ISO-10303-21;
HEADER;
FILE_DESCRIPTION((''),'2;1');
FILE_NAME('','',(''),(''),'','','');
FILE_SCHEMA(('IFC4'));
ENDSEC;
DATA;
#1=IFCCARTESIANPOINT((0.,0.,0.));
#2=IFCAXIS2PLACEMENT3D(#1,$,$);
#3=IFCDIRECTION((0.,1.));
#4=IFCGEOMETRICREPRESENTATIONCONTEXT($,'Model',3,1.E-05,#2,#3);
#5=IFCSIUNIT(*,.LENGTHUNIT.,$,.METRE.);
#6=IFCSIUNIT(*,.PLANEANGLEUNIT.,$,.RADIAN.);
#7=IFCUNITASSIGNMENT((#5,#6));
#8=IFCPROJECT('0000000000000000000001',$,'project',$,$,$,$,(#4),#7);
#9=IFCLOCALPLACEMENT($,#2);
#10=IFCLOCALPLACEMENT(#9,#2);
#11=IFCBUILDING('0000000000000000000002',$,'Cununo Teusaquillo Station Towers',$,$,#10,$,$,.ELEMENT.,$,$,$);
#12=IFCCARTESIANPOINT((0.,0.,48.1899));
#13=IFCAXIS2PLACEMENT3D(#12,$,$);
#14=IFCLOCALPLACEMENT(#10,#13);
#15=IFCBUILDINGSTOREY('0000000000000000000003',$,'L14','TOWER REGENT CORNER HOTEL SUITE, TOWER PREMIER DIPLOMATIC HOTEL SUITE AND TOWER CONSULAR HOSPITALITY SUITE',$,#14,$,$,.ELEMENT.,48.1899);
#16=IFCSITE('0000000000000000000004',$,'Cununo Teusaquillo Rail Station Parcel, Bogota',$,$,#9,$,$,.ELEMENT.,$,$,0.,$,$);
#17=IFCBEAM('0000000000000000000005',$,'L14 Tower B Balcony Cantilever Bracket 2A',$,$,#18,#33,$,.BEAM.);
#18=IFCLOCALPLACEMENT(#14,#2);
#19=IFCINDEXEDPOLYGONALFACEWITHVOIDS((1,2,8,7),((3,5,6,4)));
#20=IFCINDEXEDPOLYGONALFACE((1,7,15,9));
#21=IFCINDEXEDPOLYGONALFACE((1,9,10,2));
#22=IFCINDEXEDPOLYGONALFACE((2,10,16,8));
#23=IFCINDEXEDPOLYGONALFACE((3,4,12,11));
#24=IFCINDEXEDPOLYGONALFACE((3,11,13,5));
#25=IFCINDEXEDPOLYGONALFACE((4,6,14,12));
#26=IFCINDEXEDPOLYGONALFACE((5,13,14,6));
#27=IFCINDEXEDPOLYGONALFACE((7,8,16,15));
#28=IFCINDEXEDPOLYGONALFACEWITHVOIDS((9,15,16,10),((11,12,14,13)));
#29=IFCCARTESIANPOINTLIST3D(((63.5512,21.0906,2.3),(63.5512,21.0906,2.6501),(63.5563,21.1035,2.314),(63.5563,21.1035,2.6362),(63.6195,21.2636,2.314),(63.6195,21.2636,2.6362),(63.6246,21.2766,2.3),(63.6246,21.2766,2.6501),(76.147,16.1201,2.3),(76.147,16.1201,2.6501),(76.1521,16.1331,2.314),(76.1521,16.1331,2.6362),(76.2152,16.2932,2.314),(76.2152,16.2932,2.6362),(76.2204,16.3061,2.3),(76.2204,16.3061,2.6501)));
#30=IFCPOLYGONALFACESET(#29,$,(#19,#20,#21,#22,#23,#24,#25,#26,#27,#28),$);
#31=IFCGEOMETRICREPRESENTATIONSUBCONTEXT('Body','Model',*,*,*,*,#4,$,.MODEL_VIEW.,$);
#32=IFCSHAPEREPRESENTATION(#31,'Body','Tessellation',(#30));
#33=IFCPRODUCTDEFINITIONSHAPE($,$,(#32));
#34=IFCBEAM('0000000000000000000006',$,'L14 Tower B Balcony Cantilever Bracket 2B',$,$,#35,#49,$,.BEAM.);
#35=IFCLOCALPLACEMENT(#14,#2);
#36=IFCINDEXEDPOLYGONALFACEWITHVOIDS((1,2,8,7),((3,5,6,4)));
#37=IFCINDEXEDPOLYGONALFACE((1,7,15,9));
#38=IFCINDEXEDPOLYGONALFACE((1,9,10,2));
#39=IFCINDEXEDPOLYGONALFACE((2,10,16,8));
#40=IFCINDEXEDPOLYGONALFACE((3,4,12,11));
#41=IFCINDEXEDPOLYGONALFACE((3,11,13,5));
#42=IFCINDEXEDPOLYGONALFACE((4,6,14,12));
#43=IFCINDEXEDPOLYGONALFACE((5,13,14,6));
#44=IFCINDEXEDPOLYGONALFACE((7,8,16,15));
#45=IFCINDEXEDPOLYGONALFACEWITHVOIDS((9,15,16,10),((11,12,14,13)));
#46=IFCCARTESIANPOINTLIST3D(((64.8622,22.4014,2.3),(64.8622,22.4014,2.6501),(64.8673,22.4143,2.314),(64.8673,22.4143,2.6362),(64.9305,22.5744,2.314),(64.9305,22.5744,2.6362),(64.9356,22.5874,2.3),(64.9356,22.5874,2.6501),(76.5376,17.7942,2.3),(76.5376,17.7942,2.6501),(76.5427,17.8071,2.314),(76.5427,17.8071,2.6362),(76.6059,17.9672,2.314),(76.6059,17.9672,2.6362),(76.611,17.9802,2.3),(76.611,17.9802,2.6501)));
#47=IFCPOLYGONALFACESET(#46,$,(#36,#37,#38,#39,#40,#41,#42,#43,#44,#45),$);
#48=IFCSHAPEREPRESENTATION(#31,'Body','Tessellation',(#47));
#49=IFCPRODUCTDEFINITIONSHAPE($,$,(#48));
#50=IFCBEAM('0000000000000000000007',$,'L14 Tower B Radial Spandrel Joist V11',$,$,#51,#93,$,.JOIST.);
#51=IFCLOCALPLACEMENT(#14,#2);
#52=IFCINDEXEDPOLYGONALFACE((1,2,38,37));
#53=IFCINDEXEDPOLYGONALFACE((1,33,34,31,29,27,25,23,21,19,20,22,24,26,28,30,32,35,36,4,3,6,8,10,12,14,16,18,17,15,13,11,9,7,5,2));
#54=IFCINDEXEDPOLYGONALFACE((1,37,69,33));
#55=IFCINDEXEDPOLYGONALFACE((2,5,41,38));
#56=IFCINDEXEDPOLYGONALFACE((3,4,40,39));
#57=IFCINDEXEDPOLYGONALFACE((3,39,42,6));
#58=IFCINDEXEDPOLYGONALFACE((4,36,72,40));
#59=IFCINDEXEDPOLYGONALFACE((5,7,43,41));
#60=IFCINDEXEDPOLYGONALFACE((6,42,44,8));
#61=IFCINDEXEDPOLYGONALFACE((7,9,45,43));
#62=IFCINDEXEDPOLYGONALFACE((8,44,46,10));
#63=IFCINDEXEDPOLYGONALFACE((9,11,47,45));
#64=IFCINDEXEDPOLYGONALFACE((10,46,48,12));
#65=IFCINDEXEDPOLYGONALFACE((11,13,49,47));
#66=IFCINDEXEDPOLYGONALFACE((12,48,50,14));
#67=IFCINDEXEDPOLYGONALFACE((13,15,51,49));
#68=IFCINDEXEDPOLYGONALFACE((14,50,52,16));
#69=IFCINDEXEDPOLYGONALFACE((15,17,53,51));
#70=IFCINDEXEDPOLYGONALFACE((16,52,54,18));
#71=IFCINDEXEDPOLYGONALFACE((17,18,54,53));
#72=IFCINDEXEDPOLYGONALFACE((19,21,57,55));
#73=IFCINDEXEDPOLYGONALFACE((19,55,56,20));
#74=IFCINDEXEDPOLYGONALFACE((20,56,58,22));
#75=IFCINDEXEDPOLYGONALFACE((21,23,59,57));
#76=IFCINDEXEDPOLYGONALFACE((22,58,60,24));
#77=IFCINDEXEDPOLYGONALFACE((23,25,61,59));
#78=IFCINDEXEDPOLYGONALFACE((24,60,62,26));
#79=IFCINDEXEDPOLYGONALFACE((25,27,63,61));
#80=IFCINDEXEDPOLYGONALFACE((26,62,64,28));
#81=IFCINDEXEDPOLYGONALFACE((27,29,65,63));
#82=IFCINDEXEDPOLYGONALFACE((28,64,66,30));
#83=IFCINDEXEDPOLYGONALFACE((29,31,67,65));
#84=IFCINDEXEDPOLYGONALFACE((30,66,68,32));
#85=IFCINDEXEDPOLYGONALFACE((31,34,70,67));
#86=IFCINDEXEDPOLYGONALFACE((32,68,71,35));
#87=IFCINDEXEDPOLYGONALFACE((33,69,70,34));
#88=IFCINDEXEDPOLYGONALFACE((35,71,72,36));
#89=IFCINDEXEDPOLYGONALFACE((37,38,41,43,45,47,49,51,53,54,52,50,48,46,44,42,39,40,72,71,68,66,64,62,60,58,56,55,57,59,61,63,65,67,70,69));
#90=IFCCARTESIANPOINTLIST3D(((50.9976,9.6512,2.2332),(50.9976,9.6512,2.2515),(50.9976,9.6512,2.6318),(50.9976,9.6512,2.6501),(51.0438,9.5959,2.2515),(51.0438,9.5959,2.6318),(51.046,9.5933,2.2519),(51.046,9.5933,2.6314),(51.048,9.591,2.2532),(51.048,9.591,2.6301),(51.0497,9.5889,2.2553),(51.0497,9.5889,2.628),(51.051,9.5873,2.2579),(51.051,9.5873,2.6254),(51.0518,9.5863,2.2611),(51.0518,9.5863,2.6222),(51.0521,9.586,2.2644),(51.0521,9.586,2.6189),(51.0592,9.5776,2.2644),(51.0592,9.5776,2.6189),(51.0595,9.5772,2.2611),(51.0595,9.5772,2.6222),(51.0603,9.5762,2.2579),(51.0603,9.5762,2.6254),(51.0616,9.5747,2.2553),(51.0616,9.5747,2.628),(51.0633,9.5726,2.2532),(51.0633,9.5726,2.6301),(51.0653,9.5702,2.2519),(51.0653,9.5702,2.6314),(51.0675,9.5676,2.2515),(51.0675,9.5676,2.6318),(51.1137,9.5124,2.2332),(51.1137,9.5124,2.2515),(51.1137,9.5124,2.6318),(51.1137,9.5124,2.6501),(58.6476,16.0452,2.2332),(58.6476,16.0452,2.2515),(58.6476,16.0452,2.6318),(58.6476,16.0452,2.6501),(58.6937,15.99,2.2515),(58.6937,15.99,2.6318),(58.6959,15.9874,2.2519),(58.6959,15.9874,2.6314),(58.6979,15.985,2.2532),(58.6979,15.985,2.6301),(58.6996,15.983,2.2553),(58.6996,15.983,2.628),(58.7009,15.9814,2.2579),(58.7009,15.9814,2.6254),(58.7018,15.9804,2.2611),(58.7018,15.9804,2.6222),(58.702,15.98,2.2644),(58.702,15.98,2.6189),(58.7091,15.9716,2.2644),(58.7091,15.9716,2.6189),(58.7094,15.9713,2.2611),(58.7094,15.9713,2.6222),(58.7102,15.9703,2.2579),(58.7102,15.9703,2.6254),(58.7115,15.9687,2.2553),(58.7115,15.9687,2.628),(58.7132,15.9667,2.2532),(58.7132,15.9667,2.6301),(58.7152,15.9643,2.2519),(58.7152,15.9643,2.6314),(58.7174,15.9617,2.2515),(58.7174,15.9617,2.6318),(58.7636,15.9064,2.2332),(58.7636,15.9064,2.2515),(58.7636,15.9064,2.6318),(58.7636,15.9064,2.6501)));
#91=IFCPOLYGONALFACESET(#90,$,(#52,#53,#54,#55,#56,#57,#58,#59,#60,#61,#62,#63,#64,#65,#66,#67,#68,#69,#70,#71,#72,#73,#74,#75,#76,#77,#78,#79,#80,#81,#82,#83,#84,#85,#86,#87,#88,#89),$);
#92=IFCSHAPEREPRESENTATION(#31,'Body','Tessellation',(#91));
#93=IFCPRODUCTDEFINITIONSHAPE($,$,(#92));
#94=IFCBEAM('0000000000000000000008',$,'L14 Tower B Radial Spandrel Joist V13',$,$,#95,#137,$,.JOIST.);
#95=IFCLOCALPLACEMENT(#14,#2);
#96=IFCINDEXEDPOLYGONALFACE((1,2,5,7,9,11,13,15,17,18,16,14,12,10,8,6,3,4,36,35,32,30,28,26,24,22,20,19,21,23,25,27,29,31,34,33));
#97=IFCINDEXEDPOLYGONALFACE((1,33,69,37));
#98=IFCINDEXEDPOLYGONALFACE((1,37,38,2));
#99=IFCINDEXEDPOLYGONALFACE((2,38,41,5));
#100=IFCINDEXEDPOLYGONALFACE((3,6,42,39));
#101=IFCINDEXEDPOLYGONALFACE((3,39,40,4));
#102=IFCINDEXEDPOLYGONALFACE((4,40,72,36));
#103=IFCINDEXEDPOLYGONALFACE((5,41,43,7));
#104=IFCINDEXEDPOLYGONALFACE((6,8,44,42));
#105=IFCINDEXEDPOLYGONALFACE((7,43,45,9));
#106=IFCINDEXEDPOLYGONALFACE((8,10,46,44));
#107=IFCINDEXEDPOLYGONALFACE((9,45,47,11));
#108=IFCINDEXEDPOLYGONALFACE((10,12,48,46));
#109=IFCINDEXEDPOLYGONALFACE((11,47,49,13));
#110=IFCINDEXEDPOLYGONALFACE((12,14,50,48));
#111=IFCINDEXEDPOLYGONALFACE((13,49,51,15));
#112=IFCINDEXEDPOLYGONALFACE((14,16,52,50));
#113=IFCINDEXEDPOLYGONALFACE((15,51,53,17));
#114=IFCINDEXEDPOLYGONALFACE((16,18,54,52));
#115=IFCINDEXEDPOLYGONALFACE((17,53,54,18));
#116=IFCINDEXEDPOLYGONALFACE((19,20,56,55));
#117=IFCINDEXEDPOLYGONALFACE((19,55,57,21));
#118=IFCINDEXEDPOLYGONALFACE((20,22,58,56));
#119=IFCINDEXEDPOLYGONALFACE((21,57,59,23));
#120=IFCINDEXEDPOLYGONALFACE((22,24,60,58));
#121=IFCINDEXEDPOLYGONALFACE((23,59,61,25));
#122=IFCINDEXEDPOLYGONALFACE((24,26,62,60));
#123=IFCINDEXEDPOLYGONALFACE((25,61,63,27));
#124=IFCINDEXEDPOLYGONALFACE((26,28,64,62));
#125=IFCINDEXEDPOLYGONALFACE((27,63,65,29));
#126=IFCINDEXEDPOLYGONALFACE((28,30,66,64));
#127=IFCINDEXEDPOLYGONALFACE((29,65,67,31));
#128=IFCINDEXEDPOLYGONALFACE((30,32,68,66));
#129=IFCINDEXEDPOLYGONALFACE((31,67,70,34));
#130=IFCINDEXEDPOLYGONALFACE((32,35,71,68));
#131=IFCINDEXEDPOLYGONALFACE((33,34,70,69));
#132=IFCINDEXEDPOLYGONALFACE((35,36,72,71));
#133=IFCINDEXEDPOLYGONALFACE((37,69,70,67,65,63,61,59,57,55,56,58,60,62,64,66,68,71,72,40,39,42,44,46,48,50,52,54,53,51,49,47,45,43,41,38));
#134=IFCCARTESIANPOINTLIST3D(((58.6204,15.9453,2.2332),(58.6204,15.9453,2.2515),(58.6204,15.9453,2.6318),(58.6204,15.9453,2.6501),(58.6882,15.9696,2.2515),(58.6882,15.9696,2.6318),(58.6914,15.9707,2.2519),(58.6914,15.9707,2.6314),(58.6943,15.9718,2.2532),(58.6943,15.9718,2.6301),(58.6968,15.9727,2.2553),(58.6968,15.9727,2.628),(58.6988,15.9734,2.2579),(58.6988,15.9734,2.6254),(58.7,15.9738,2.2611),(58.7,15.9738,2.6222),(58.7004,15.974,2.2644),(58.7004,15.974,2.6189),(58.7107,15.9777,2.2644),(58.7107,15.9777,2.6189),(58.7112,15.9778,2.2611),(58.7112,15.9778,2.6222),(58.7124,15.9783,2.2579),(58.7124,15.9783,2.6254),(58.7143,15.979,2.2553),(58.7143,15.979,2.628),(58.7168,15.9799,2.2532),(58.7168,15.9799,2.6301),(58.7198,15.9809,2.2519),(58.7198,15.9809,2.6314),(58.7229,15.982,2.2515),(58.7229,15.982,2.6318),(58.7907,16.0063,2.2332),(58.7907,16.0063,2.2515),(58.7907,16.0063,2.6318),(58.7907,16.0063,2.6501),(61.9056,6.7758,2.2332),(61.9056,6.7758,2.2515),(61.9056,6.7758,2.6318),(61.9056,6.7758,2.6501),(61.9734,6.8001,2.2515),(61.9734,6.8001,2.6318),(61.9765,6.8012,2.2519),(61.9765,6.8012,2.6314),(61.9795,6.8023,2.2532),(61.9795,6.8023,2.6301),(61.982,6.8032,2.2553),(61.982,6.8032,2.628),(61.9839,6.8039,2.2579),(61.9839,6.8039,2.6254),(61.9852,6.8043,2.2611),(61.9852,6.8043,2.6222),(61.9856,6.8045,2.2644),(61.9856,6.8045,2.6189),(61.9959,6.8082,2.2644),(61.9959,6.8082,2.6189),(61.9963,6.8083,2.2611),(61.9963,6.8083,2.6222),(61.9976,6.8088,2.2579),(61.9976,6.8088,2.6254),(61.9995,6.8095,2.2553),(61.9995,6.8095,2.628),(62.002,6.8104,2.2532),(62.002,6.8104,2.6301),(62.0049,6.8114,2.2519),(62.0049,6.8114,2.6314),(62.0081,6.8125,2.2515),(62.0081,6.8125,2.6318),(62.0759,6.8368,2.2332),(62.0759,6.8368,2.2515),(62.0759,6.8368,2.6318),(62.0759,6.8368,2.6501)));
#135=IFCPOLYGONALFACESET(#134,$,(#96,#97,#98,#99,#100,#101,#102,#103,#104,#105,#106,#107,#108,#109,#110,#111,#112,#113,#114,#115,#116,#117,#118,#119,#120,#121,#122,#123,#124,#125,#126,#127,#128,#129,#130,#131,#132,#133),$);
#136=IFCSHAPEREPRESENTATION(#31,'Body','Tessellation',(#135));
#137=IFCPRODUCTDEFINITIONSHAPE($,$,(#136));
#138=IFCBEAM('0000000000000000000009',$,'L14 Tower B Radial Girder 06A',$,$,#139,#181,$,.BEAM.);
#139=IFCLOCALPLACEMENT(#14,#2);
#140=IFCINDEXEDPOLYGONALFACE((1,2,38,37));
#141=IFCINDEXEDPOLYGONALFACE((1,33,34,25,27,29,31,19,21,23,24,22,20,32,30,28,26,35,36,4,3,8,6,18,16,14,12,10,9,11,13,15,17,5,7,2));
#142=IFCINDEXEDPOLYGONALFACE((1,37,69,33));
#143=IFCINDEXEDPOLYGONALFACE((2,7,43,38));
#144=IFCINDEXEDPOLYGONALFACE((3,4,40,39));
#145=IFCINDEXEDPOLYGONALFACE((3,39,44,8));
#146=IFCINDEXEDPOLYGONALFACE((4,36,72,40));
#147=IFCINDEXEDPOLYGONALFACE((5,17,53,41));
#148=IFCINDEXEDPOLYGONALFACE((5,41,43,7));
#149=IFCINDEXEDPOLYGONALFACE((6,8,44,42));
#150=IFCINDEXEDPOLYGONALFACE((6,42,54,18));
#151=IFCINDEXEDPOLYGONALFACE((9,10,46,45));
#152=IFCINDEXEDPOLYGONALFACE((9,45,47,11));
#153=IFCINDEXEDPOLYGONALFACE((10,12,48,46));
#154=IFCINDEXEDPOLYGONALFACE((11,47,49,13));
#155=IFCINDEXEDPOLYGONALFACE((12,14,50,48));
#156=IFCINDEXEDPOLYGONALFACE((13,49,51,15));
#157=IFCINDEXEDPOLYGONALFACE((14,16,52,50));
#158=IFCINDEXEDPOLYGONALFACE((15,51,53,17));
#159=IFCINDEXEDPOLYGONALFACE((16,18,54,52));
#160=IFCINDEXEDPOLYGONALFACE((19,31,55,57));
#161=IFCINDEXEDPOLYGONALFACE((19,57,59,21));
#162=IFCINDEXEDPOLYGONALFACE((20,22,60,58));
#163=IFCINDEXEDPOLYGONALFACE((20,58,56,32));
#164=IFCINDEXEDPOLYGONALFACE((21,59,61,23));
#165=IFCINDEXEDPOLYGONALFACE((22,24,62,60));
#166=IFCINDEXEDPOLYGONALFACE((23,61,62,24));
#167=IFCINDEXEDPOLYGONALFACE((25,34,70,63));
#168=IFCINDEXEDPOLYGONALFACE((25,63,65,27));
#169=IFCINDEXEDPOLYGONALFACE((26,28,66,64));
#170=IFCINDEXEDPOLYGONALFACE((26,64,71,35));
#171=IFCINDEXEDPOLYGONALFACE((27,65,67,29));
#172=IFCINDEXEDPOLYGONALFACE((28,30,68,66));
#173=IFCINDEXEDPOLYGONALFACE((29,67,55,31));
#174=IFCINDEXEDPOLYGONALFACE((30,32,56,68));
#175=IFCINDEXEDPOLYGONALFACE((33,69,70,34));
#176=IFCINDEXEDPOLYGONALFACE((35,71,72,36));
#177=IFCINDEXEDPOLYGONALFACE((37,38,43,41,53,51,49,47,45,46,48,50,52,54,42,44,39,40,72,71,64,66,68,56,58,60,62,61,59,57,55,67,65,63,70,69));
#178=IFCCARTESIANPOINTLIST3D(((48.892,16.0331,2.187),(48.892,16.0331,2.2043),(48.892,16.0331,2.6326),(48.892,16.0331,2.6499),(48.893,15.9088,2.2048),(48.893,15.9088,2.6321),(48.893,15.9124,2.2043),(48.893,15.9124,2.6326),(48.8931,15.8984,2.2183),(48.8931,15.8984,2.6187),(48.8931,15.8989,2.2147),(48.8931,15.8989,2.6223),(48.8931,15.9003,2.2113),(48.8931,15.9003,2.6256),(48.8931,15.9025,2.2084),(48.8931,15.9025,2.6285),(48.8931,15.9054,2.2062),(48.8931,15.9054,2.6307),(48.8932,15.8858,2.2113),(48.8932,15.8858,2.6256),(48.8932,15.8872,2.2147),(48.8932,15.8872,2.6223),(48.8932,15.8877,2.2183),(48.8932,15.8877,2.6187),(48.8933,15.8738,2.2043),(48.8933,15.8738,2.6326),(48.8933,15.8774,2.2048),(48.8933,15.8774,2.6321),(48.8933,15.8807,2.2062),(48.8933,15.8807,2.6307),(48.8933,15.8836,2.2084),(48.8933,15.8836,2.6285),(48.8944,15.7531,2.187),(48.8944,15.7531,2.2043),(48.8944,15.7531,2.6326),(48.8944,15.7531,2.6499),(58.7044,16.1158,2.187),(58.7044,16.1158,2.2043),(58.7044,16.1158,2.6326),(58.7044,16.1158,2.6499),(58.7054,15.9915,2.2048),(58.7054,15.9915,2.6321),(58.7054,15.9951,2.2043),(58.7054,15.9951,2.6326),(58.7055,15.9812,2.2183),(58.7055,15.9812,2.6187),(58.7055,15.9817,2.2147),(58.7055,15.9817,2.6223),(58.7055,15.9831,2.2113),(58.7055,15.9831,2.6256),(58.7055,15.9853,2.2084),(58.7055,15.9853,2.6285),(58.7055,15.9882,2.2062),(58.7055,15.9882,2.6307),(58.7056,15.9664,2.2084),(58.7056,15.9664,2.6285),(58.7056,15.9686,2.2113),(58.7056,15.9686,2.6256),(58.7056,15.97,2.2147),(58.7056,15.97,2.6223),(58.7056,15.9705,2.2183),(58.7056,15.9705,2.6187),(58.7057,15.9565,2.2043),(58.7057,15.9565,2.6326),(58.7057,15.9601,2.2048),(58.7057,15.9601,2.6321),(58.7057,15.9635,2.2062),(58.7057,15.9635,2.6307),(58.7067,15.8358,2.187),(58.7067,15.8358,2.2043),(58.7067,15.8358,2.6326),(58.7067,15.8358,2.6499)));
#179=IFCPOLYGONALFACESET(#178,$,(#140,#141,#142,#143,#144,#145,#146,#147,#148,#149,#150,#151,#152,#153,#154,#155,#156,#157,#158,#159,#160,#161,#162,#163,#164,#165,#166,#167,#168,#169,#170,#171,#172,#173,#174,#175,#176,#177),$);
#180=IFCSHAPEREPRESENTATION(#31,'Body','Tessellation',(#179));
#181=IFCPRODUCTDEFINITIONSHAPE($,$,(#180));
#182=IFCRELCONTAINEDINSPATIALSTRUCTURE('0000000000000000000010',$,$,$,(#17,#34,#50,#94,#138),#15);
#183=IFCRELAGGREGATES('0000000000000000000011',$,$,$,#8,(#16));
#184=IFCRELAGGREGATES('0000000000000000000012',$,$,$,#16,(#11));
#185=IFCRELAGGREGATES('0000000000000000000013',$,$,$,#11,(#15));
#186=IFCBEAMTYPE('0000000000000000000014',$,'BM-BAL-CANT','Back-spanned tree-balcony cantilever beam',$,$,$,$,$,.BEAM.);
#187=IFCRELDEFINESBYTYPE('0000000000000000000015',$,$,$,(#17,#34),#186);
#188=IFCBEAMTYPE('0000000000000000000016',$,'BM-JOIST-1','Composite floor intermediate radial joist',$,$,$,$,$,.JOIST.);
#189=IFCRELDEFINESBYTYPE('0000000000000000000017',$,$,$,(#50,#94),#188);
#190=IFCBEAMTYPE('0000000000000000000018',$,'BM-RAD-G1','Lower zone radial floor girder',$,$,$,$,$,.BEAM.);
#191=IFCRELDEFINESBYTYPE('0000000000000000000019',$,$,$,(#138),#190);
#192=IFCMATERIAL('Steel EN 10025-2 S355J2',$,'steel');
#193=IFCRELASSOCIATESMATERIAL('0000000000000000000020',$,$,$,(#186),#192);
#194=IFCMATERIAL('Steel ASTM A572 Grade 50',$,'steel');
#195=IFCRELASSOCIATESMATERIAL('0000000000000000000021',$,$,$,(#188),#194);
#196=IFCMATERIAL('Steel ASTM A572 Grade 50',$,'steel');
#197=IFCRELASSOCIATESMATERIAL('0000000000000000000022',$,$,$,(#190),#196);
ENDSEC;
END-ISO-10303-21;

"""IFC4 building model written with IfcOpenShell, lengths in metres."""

from ifc_helpers import new_model, si_unit, direction, frame, origin, origin_2d, place, context, subcontext, project, spatial, hollow_rectangle, i_section, extrude, material, material_profile, profile_set, type_object, element, save


model = new_model("IFC4")

# Units and contexts
model_context = context("Model", 3, precision=1e-05, world=origin(), true_north=direction((0.0, 1.0)))
body_context = subcontext(model_context, "Body", "Model", "MODEL_VIEW")
ifc_project = project(units=[si_unit("LENGTHUNIT", "METRE"), si_unit("PLANEANGLEUNIT", "RADIAN")], contexts=[model_context])

# Site, building, storey
site_placement = place(None, origin())
site = spatial("IfcSite", under=ifc_project, at=site_placement, Name="Cununo Teusaquillo Rail Station Parcel, Bogota", CompositionType="ELEMENT", RefElevation=0.0)
building_placement = place(site_placement, origin())
building = spatial("IfcBuilding", under=site, at=building_placement, Name="Cununo Teusaquillo Station Towers", CompositionType="ELEMENT")
storey_placement = place(building_placement, frame((0.0, 0.0, 48.1899)))
storey = spatial("IfcBuildingStorey", under=building, at=storey_placement, Name="L14", Description="TOWER REGENT CORNER HOTEL SUITE, TOWER PREMIER DIPLOMATIC HOTEL SUITE AND TOWER CONSULAR HOSPITALITY SUITE", CompositionType="ELEMENT", Elevation=48.1899)

# Beams
ifc_material_1 = material(Name="Steel EN 10025-2 S355J2", Category="steel")
ifc_material_profile_1 = material_profile(ifc_material_1, hollow_rectangle(XDim=0.2, YDim=0.3501, WallThickness=0.0139, at=origin_2d()), Name="RHS 350x200x14")
ifc_profile_set_1 = profile_set([ifc_material_profile_1], Name="Steel EN 10025-2 S355J2")
beam_type_1 = type_object("IfcBeamType", Name="BM-BAL-CANT", Description="Back-spanned tree-balcony cantilever beam", PredefinedType="BEAM", material=ifc_profile_set_1)
beam_1_placement = place(storey_placement, frame((63.5879, 21.1836, 2.4751), z_axis=(0.930194, -0.367069, 0.0), x_axis=(0.367069, 0.930194, 0.0)))
element("IfcBeam", 1, at=beam_1_placement, inside=storey, type_object=beam_type_1, Name="L14 Tower B Balcony Cantilever Bracket 2A", PredefinedType="BEAM", context=body_context, shape_type="SweptSolid", body=[
    extrude(hollow_rectangle(XDim=0.2, YDim=0.3501, WallThickness=0.0139, at=origin_2d()), origin(), (0.0, 0.0, 1.0), 13.541),
])
beam_2_placement = place(storey_placement, frame((64.8989, 22.4944, 2.4751), z_axis=(0.930196, -0.367064, 0.0), x_axis=(0.367064, 0.930196, 0.0)))
element("IfcBeam", 2, at=beam_2_placement, inside=storey, type_object=beam_type_1, Name="L14 Tower B Balcony Cantilever Bracket 2B", PredefinedType="BEAM", context=body_context, shape_type="SweptSolid", body=[
    extrude(hollow_rectangle(XDim=0.2, YDim=0.3501, WallThickness=0.0139, at=origin_2d()), origin(), (0.0, 0.0, 1.0), 12.5515),
])
ifc_material_2 = material(Name="Steel ASTM A572 Grade 50", Category="steel")
ifc_material_profile_2 = material_profile(ifc_material_2, i_section(OverallWidth=0.1809, OverallDepth=0.417, WebThickness=0.011, FlangeThickness=0.0183, FilletRadius=0.0129, at=origin_2d()), Name="W16X57")
ifc_profile_set_2 = profile_set([ifc_material_profile_2], Name="Steel ASTM A572 Grade 50")
beam_type_2 = type_object("IfcBeamType", Name="BM-JOIST-1", Description="Composite floor intermediate radial joist", PredefinedType="JOIST", material=ifc_profile_set_2)
beam_3_placement = place(storey_placement, frame((58.7056, 15.9758, 2.4417), z_axis=(-0.767277, -0.641316, 0.0), x_axis=(0.641316, -0.767277, 0.0)))
element("IfcBeam", 3, at=beam_3_placement, inside=storey, type_object=beam_type_2, Name="L14 Tower B Radial Spandrel Joist V11", PredefinedType="JOIST", context=body_context, shape_type="SweptSolid", body=[
    extrude(i_section(OverallWidth=0.1809, OverallDepth=0.417, WebThickness=0.011, FlangeThickness=0.0183, FilletRadius=0.0129, at=origin_2d()), origin(), (0.0, 0.0, 1.0), 9.9702),
])
beam_4_placement = place(storey_placement, frame((58.7056, 15.9758, 2.4417), z_axis=(0.337279, -0.941405, 0.0), x_axis=(0.941405, 0.337279, 0.0)))
element("IfcBeam", 4, at=beam_4_placement, inside=storey, type_object=beam_type_2, Name="L14 Tower B Radial Spandrel Joist V13", PredefinedType="JOIST", context=body_context, shape_type="SweptSolid", body=[
    extrude(i_section(OverallWidth=0.1809, OverallDepth=0.417, WebThickness=0.011, FlangeThickness=0.0183, FilletRadius=0.0129, at=origin_2d()), origin(), (0.0, 0.0, 1.0), 9.7402),
])
ifc_material_3 = material(Name="Steel ASTM A572 Grade 50", Category="steel")
ifc_material_profile_3 = material_profile(ifc_material_3, i_section(OverallWidth=0.28, OverallDepth=0.4629, WebThickness=0.0107, FlangeThickness=0.0173, FilletRadius=0.0139, at=origin_2d()), Name="W18X76")
ifc_profile_set_3 = profile_set([ifc_material_profile_3], Name="Steel ASTM A572 Grade 50")
beam_type_3 = type_object("IfcBeamType", Name="BM-RAD-G1", Description="Lower zone radial floor girder", PredefinedType="BEAM", material=ifc_profile_set_3)
beam_5_placement = place(storey_placement, frame((58.7056, 15.9758, 2.4185), z_axis=(-0.999964, -0.008434, 0.0), x_axis=(0.008434, -0.999964, 0.0)))
element("IfcBeam", 5, at=beam_5_placement, inside=storey, type_object=beam_type_3, Name="L14 Tower B Radial Girder 06A", PredefinedType="BEAM", context=body_context, shape_type="SweptSolid", body=[
    extrude(i_section(OverallWidth=0.28, OverallDepth=0.4629, WebThickness=0.0107, FlangeThickness=0.0173, FilletRadius=0.0139, at=origin_2d()), origin(), (0.0, 0.0, 1.0), 9.8127),
])

save(model, "model.ifc")
